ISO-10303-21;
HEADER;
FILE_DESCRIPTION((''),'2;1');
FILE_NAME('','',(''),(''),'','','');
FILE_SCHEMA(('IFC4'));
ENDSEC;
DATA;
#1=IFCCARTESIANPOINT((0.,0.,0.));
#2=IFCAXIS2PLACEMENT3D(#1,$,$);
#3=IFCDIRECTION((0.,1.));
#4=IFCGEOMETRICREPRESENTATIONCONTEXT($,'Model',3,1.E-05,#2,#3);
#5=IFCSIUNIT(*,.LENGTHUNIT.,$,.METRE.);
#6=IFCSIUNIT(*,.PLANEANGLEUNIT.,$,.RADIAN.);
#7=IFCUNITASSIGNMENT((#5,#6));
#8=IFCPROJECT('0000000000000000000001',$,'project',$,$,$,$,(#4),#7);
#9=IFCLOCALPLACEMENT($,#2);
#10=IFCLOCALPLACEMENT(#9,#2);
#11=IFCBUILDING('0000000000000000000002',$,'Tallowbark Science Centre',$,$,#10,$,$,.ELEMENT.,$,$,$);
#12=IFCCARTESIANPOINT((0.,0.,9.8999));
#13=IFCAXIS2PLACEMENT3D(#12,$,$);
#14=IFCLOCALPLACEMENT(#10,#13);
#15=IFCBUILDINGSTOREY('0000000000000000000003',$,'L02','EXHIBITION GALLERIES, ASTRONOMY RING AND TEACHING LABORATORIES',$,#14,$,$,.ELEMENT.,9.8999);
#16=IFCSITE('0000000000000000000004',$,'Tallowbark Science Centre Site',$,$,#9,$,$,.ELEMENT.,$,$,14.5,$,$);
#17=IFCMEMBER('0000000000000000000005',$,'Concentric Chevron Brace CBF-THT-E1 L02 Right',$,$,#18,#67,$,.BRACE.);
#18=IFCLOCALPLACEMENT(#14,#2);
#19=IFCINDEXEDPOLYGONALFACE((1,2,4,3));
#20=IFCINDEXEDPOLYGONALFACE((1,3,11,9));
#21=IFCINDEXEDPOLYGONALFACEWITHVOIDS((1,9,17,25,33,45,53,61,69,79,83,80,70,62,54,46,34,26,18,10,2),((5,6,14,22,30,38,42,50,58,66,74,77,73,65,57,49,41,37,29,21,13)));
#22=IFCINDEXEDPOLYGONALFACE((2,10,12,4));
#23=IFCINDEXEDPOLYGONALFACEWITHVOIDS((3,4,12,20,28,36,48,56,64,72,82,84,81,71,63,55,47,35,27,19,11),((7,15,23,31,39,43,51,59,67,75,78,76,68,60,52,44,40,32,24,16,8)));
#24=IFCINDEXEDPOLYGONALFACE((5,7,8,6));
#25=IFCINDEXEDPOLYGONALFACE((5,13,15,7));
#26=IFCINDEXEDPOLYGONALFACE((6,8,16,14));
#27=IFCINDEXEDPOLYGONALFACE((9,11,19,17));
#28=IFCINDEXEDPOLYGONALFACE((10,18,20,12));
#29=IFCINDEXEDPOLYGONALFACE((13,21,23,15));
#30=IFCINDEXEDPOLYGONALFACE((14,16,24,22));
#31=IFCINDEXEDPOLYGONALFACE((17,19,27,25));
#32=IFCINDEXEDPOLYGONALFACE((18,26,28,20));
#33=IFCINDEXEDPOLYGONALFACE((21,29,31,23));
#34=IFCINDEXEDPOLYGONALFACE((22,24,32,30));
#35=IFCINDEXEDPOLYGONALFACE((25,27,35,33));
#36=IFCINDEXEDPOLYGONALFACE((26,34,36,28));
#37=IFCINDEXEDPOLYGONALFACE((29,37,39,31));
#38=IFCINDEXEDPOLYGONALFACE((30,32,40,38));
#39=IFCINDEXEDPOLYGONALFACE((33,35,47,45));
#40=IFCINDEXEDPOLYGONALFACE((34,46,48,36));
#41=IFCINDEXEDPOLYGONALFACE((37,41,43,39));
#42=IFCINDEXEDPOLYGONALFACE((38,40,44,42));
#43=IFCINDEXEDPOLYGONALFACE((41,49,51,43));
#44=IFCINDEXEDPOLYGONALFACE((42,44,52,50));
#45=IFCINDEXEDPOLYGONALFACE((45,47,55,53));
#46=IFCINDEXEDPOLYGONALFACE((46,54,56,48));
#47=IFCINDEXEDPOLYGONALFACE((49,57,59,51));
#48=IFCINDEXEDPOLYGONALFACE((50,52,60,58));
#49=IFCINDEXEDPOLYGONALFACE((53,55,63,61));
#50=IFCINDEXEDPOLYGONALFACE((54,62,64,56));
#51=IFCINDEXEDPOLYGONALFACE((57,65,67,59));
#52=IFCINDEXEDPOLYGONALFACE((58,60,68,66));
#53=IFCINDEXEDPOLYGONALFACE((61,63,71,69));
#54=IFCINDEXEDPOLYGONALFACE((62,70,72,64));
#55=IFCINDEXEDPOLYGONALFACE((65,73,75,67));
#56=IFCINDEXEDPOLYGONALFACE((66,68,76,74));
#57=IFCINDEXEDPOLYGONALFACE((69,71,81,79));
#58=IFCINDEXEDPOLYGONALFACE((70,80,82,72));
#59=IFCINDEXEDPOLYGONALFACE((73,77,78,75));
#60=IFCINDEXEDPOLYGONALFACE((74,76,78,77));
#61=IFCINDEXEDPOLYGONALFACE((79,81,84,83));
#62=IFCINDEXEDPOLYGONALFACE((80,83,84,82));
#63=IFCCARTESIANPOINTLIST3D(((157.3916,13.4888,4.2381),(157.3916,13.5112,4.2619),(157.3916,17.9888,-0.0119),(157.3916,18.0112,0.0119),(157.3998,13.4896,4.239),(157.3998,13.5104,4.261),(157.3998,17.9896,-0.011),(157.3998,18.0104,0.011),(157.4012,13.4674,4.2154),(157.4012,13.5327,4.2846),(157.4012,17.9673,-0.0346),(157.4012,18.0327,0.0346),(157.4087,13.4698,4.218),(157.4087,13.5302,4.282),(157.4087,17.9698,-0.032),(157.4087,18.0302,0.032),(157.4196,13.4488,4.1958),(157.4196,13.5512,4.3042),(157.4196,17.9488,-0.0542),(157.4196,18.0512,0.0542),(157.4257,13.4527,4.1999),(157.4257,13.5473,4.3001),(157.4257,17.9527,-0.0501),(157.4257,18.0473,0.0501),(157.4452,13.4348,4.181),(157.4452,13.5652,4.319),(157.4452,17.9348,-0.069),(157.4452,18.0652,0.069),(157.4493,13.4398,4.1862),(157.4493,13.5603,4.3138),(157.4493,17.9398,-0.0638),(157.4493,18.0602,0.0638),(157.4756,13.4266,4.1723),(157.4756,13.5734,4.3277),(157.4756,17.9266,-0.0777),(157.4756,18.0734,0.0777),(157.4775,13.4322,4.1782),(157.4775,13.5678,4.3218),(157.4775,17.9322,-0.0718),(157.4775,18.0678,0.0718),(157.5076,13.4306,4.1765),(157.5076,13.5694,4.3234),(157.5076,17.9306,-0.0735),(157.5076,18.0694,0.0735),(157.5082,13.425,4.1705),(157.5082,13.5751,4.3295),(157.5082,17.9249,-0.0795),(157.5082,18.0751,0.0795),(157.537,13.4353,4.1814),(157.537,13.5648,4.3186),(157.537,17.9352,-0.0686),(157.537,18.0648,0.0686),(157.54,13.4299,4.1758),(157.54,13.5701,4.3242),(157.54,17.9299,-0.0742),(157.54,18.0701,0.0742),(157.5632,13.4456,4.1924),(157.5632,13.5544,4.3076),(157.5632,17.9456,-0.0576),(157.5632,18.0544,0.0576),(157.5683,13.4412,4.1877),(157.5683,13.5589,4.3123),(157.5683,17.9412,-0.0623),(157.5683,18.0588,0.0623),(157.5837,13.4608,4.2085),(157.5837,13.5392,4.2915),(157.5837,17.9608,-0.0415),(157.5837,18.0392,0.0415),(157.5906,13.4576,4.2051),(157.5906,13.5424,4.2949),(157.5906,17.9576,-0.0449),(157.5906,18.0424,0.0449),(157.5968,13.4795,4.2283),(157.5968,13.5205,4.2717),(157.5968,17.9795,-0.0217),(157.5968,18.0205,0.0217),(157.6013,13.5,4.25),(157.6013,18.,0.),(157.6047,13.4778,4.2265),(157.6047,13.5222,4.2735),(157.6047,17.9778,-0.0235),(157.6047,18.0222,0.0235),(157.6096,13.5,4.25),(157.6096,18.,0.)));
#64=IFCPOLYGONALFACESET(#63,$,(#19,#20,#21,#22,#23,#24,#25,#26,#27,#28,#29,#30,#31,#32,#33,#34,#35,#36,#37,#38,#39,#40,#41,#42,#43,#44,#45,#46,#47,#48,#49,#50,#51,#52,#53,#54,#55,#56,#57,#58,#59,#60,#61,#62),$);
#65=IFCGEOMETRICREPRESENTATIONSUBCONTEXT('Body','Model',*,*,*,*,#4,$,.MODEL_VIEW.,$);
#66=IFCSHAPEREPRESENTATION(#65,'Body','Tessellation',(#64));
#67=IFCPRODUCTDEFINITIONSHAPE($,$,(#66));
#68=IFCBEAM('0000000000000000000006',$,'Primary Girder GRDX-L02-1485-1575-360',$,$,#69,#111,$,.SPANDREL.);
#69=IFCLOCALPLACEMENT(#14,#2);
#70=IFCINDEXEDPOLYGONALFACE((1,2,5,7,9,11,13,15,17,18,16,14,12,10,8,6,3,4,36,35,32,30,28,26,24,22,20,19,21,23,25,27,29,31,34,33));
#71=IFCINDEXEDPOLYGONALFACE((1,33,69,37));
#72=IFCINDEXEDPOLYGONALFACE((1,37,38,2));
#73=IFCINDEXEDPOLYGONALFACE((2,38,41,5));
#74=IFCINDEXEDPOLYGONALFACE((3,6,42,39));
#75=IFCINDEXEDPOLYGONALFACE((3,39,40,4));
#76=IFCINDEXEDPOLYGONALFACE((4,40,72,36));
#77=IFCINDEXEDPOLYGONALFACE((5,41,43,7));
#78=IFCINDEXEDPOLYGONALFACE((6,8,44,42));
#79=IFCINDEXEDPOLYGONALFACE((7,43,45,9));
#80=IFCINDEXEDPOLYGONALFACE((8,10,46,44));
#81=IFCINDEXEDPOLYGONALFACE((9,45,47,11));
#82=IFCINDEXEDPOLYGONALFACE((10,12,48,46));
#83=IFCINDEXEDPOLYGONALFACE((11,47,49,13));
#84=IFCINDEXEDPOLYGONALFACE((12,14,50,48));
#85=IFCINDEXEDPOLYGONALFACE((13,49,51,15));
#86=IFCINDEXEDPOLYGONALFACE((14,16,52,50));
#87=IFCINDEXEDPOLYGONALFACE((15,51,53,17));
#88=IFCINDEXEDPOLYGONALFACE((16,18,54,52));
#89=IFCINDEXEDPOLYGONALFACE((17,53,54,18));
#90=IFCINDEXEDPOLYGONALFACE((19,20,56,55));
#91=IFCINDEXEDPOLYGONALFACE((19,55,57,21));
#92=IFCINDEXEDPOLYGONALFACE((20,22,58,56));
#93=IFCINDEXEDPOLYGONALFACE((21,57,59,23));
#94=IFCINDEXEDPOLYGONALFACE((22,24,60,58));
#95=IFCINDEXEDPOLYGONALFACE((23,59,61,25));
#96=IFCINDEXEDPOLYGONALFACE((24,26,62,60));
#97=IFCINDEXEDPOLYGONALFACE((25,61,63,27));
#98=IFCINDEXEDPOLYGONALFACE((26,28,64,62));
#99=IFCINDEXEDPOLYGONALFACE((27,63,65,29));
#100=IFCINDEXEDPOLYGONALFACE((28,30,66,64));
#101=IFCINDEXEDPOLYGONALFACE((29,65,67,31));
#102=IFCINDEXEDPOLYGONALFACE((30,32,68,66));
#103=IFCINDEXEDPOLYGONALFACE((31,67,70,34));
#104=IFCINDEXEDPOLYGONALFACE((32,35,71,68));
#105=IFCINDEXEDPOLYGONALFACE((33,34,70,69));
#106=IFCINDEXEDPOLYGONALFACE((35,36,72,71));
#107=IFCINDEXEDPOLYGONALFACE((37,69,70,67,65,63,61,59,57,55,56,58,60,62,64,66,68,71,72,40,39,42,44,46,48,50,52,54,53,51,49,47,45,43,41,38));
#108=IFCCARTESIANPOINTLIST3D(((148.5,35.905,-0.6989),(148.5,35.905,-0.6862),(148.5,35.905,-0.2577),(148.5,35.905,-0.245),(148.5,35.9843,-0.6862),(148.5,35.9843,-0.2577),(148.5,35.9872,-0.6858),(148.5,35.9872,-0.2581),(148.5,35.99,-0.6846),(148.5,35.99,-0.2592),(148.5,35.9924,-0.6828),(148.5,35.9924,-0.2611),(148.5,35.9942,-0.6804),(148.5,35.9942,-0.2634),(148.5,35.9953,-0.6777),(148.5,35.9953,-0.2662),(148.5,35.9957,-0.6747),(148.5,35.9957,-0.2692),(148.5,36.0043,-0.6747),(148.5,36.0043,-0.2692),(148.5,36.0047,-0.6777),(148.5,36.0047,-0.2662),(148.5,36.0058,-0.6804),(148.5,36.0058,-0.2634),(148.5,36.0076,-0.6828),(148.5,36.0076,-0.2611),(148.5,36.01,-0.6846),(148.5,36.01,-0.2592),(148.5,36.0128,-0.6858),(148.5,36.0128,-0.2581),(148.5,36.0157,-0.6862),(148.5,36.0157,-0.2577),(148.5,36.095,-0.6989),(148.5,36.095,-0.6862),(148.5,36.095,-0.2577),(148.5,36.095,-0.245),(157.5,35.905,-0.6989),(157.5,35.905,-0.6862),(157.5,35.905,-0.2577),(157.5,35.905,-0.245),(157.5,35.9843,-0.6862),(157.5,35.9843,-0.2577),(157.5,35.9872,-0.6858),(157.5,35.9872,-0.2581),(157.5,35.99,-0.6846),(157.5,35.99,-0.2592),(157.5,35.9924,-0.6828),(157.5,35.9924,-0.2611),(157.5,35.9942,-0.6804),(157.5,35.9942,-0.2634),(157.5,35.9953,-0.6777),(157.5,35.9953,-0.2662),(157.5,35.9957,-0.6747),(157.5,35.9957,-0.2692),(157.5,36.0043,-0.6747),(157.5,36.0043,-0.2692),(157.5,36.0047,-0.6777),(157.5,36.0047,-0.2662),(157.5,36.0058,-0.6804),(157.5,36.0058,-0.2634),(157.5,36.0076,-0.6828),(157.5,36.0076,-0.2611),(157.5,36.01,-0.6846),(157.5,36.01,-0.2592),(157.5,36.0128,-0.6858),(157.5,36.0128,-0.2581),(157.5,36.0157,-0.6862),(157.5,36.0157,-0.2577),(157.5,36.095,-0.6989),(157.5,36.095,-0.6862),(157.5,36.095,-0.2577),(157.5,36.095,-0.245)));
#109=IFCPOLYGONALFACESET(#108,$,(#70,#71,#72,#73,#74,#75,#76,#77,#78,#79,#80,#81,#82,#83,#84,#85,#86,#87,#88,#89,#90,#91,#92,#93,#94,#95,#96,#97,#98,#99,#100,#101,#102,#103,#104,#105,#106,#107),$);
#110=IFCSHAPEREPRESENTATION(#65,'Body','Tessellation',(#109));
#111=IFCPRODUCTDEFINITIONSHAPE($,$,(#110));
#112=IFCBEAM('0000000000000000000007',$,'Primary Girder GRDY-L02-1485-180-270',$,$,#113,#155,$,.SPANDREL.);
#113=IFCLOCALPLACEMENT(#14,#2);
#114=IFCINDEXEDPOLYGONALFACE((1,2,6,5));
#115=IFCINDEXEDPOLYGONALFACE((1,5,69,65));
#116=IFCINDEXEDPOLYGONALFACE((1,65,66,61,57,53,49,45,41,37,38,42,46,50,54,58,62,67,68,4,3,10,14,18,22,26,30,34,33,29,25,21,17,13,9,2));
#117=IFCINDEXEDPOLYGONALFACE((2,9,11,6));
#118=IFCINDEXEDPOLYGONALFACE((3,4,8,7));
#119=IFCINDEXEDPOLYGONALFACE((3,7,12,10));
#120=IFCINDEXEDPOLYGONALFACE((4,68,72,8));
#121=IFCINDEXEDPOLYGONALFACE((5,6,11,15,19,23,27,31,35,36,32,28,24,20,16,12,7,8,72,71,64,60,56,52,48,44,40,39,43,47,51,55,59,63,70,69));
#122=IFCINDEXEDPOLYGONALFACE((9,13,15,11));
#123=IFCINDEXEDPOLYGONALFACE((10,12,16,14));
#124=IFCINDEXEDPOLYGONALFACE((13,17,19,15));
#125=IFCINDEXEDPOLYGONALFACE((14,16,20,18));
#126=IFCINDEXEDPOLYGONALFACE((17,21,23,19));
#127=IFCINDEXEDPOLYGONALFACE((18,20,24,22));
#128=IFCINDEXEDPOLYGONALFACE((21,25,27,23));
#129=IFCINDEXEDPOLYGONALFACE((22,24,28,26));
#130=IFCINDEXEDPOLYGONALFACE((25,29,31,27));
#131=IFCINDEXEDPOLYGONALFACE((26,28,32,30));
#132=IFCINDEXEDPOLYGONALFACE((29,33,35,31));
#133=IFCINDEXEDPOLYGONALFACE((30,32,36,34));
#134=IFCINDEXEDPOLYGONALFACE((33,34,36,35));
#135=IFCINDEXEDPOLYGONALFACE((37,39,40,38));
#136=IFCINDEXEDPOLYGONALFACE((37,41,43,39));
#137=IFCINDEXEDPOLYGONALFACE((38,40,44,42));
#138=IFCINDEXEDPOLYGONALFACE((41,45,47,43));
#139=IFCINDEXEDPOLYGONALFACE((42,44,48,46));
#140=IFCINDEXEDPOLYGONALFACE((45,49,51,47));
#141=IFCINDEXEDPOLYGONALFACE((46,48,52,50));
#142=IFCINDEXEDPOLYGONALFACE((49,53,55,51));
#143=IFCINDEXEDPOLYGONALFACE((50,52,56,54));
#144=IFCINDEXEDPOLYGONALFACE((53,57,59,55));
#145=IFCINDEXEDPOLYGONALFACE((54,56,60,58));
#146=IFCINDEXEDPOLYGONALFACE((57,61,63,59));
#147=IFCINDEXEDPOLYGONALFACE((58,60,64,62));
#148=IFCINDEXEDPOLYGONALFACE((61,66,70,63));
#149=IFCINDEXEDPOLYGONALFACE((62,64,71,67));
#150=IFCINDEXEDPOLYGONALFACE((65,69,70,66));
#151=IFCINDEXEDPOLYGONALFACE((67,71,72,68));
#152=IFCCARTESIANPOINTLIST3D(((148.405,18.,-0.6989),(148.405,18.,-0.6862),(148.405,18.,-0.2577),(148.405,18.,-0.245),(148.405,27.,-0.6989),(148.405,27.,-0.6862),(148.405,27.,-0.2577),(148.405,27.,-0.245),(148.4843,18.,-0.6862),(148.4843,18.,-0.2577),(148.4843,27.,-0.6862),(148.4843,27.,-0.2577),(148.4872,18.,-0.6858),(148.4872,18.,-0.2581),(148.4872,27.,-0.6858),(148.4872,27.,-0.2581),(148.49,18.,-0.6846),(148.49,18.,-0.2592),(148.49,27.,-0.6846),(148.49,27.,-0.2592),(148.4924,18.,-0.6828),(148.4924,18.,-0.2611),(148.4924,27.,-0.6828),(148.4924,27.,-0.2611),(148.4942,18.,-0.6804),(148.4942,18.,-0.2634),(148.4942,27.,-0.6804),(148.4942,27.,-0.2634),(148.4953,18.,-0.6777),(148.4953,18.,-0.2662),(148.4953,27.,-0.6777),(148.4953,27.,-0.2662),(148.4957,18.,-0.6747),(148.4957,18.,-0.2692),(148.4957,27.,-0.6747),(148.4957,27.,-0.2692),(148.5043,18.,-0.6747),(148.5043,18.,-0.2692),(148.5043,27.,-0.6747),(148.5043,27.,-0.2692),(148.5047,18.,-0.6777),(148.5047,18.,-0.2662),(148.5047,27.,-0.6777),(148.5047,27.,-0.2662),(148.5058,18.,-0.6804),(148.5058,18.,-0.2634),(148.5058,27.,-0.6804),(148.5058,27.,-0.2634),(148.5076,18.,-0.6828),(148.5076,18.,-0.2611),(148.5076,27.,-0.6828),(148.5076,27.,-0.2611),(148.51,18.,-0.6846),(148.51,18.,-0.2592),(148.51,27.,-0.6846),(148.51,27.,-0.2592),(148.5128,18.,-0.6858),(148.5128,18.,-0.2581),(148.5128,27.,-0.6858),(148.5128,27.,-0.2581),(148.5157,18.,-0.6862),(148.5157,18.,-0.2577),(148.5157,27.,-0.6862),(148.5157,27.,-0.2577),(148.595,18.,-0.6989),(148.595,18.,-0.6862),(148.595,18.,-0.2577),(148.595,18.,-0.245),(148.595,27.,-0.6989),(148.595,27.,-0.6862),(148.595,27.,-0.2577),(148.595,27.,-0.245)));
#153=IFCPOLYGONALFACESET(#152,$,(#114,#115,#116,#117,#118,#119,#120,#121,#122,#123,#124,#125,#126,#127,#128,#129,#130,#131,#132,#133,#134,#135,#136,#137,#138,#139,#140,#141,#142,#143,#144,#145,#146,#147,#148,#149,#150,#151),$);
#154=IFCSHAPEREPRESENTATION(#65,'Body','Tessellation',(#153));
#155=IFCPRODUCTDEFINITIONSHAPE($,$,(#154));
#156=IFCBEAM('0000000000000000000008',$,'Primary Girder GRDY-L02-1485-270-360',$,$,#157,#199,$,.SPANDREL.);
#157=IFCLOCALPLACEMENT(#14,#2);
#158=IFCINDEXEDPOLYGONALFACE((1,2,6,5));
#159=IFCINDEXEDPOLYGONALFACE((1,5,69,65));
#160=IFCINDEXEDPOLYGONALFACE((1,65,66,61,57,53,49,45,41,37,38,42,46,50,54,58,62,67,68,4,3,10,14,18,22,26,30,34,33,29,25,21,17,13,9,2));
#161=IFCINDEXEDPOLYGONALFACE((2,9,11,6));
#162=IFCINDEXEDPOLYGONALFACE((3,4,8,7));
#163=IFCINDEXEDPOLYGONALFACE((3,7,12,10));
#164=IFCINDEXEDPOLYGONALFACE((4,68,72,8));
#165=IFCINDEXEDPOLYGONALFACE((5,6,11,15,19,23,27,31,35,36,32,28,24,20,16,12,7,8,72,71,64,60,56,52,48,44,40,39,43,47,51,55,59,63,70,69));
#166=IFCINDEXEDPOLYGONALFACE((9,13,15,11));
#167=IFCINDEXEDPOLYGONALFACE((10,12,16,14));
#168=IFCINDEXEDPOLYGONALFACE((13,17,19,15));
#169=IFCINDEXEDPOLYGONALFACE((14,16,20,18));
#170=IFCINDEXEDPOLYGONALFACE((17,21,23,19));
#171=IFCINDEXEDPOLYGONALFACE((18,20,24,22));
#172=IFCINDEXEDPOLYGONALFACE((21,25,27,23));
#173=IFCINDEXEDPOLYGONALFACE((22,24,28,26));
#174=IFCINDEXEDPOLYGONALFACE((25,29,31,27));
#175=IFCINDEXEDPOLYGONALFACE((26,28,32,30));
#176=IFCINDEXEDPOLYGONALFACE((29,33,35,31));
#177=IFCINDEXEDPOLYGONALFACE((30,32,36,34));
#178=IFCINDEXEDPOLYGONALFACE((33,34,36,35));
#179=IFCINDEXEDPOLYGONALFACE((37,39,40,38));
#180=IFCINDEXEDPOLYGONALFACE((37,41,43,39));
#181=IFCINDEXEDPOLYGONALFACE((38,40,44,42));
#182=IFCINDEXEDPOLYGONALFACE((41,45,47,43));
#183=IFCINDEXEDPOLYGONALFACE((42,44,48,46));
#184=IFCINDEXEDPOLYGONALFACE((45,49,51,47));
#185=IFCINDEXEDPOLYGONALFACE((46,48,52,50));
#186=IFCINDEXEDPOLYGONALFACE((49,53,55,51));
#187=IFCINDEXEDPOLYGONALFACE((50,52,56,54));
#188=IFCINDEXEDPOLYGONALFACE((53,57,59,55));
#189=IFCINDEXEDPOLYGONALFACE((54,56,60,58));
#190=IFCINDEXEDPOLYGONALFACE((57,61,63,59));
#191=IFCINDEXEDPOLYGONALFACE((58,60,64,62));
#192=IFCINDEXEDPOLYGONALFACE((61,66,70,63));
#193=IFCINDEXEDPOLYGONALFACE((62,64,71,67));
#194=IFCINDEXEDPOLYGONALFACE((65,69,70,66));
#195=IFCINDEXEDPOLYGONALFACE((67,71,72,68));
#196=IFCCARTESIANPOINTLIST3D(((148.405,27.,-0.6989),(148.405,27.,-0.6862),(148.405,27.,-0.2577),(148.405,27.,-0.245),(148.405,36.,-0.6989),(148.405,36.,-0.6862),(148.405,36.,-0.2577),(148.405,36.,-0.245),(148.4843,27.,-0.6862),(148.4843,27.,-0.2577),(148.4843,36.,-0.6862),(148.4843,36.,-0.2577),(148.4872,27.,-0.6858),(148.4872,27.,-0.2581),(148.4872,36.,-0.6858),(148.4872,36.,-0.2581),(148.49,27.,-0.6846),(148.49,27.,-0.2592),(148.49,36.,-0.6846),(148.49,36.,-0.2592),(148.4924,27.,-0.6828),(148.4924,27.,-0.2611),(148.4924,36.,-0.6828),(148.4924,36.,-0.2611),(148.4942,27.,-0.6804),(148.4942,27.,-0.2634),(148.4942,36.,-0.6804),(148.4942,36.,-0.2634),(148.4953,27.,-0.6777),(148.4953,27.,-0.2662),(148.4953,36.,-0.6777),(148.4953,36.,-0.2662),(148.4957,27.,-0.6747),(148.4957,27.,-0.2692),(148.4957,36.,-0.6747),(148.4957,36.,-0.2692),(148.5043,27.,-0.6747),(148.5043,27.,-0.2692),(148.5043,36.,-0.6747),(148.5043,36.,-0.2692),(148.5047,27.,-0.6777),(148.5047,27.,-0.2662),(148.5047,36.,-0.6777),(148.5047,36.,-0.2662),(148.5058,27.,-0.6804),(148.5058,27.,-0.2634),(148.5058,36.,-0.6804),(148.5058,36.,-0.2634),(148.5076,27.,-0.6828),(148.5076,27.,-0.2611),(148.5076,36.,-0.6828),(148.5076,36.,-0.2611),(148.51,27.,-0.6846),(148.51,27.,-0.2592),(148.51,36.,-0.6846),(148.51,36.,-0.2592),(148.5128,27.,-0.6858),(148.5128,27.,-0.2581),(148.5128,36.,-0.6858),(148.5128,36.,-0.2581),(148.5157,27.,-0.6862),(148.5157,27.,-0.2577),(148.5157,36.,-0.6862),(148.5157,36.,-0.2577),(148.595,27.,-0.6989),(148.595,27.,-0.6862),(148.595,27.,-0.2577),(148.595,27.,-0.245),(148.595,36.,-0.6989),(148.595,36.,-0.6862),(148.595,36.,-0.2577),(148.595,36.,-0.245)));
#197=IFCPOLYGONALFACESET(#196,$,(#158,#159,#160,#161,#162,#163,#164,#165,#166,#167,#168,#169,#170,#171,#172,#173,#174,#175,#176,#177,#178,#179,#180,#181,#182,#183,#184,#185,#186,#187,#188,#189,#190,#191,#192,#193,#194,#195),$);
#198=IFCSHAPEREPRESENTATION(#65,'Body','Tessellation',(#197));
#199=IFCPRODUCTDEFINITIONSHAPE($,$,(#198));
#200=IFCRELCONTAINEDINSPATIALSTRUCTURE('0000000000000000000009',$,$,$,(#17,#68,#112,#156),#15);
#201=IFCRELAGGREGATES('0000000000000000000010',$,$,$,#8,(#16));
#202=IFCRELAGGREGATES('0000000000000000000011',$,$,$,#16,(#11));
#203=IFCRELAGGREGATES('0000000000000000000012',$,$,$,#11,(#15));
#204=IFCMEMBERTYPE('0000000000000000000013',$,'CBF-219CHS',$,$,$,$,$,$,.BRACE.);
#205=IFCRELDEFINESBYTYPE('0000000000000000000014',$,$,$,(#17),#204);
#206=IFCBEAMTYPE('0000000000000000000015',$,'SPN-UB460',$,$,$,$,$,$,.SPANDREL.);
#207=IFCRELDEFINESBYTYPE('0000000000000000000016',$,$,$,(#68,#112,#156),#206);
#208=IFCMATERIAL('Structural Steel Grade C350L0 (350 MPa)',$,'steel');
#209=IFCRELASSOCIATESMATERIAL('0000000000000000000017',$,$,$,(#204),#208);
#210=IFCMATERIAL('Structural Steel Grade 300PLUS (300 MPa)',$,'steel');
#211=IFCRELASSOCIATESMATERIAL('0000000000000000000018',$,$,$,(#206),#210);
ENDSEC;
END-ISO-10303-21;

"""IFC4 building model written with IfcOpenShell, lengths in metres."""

from ifc_helpers import new_model, si_unit, direction, frame, origin, origin_2d, place, context, subcontext, project, spatial, hollow_circle, i_section, extrude, material, material_profile, profile_set, type_object, element, save


model = new_model("IFC4")

# Units and contexts
model_context = context("Model", 3, precision=1e-05, world=origin(), true_north=direction((0.0, 1.0)))
body_context = subcontext(model_context, "Body", "Model", "MODEL_VIEW")
ifc_project = project(units=[si_unit("LENGTHUNIT", "METRE"), si_unit("PLANEANGLEUNIT", "RADIAN")], contexts=[model_context])

# Site, building, storey
site_placement = place(None, origin())
site = spatial("IfcSite", under=ifc_project, at=site_placement, Name="Tallowbark Science Centre Site", CompositionType="ELEMENT", RefElevation=14.5)
building_placement = place(site_placement, origin())
building = spatial("IfcBuilding", under=site, at=building_placement, Name="Tallowbark Science Centre", CompositionType="ELEMENT")
storey_placement = place(building_placement, frame((0.0, 0.0, 9.8999)))
storey = spatial("IfcBuildingStorey", under=building, at=storey_placement, Name="L02", Description="EXHIBITION GALLERIES, ASTRONOMY RING AND TEACHING LABORATORIES", CompositionType="ELEMENT", Elevation=9.8999)

# Shared definitions
ifc_material_1 = material(Name="Structural Steel Grade 300PLUS (300 MPa)", Category="steel")

# Member
ifc_material_2 = material(Name="Structural Steel Grade C350L0 (350 MPa)", Category="steel")
ifc_material_profile_1 = material_profile(ifc_material_2, hollow_circle(Radius=0.1096, WallThickness=0.0083, at=origin_2d()), Name="219.1x8.2CHS")
ifc_profile_set_1 = profile_set([ifc_material_profile_1], Name="Structural Steel Grade C350L0 (350 MPa)")
member_type_1 = type_object("IfcMemberType", Name="CBF-219CHS", PredefinedType="BRACE", material=ifc_profile_set_1)
member_placement = place(storey_placement, frame((157.5, 18.0, 0.0), z_axis=(0.0, -0.727013, 0.686624), x_axis=(1.0, 0.0, 0.0)))
element("IfcMember", 1, at=member_placement, inside=storey, type_object=member_type_1, Name="Concentric Chevron Brace CBF-THT-E1 L02 Right", PredefinedType="BRACE", context=body_context, shape_type="SweptSolid", body=[
    extrude(hollow_circle(Radius=0.1096, WallThickness=0.0083, at=origin_2d()), origin(), (0.0, 0.0, 1.0), 6.1897),
])

# Beams
ifc_material_profile_2 = material_profile(ifc_material_1, i_section(OverallWidth=0.1899, OverallDepth=0.4539, WebThickness=0.0085, FlangeThickness=0.0127, FilletRadius=0.0115, at=origin_2d()), Name="460UB67.1")
ifc_profile_set_2 = profile_set([ifc_material_profile_2], Name="Structural Steel Grade 300PLUS (300 MPa)")
beam_type_1 = type_object("IfcBeamType", Name="SPN-UB460", PredefinedType="SPANDREL", material=ifc_profile_set_2)
for number, where, z_axis, x_axis, name in (
    (2, (148.5, 36.0, -0.4719), (1.0, 0.0, 0.0), (0.0, 1.0, 0.0), "Primary Girder GRDX-L02-1485-1575-360"),
    (3, (148.5, 18.0, -0.4719), (0.0, 1.0, 0.0), (-1.0, 0.0, 0.0), "Primary Girder GRDY-L02-1485-180-270"),
    (4, (148.5, 27.0, -0.4719), (0.0, 1.0, 0.0), (-1.0, 0.0, 0.0), "Primary Girder GRDY-L02-1485-270-360"),
):
    element("IfcBeam", number, at=place(storey_placement, frame(where, z_axis=z_axis, x_axis=x_axis)), inside=storey, type_object=beam_type_1, Name=name, PredefinedType="SPANDREL", context=body_context, shape_type="SweptSolid", body=[
        extrude(i_section(OverallWidth=0.1899, OverallDepth=0.4539, WebThickness=0.0085, FlangeThickness=0.0127, FilletRadius=0.0115, at=origin_2d()), origin(), (0.0, 0.0, 1.0), 9.0),
    ])

save(model, "model.ifc")
